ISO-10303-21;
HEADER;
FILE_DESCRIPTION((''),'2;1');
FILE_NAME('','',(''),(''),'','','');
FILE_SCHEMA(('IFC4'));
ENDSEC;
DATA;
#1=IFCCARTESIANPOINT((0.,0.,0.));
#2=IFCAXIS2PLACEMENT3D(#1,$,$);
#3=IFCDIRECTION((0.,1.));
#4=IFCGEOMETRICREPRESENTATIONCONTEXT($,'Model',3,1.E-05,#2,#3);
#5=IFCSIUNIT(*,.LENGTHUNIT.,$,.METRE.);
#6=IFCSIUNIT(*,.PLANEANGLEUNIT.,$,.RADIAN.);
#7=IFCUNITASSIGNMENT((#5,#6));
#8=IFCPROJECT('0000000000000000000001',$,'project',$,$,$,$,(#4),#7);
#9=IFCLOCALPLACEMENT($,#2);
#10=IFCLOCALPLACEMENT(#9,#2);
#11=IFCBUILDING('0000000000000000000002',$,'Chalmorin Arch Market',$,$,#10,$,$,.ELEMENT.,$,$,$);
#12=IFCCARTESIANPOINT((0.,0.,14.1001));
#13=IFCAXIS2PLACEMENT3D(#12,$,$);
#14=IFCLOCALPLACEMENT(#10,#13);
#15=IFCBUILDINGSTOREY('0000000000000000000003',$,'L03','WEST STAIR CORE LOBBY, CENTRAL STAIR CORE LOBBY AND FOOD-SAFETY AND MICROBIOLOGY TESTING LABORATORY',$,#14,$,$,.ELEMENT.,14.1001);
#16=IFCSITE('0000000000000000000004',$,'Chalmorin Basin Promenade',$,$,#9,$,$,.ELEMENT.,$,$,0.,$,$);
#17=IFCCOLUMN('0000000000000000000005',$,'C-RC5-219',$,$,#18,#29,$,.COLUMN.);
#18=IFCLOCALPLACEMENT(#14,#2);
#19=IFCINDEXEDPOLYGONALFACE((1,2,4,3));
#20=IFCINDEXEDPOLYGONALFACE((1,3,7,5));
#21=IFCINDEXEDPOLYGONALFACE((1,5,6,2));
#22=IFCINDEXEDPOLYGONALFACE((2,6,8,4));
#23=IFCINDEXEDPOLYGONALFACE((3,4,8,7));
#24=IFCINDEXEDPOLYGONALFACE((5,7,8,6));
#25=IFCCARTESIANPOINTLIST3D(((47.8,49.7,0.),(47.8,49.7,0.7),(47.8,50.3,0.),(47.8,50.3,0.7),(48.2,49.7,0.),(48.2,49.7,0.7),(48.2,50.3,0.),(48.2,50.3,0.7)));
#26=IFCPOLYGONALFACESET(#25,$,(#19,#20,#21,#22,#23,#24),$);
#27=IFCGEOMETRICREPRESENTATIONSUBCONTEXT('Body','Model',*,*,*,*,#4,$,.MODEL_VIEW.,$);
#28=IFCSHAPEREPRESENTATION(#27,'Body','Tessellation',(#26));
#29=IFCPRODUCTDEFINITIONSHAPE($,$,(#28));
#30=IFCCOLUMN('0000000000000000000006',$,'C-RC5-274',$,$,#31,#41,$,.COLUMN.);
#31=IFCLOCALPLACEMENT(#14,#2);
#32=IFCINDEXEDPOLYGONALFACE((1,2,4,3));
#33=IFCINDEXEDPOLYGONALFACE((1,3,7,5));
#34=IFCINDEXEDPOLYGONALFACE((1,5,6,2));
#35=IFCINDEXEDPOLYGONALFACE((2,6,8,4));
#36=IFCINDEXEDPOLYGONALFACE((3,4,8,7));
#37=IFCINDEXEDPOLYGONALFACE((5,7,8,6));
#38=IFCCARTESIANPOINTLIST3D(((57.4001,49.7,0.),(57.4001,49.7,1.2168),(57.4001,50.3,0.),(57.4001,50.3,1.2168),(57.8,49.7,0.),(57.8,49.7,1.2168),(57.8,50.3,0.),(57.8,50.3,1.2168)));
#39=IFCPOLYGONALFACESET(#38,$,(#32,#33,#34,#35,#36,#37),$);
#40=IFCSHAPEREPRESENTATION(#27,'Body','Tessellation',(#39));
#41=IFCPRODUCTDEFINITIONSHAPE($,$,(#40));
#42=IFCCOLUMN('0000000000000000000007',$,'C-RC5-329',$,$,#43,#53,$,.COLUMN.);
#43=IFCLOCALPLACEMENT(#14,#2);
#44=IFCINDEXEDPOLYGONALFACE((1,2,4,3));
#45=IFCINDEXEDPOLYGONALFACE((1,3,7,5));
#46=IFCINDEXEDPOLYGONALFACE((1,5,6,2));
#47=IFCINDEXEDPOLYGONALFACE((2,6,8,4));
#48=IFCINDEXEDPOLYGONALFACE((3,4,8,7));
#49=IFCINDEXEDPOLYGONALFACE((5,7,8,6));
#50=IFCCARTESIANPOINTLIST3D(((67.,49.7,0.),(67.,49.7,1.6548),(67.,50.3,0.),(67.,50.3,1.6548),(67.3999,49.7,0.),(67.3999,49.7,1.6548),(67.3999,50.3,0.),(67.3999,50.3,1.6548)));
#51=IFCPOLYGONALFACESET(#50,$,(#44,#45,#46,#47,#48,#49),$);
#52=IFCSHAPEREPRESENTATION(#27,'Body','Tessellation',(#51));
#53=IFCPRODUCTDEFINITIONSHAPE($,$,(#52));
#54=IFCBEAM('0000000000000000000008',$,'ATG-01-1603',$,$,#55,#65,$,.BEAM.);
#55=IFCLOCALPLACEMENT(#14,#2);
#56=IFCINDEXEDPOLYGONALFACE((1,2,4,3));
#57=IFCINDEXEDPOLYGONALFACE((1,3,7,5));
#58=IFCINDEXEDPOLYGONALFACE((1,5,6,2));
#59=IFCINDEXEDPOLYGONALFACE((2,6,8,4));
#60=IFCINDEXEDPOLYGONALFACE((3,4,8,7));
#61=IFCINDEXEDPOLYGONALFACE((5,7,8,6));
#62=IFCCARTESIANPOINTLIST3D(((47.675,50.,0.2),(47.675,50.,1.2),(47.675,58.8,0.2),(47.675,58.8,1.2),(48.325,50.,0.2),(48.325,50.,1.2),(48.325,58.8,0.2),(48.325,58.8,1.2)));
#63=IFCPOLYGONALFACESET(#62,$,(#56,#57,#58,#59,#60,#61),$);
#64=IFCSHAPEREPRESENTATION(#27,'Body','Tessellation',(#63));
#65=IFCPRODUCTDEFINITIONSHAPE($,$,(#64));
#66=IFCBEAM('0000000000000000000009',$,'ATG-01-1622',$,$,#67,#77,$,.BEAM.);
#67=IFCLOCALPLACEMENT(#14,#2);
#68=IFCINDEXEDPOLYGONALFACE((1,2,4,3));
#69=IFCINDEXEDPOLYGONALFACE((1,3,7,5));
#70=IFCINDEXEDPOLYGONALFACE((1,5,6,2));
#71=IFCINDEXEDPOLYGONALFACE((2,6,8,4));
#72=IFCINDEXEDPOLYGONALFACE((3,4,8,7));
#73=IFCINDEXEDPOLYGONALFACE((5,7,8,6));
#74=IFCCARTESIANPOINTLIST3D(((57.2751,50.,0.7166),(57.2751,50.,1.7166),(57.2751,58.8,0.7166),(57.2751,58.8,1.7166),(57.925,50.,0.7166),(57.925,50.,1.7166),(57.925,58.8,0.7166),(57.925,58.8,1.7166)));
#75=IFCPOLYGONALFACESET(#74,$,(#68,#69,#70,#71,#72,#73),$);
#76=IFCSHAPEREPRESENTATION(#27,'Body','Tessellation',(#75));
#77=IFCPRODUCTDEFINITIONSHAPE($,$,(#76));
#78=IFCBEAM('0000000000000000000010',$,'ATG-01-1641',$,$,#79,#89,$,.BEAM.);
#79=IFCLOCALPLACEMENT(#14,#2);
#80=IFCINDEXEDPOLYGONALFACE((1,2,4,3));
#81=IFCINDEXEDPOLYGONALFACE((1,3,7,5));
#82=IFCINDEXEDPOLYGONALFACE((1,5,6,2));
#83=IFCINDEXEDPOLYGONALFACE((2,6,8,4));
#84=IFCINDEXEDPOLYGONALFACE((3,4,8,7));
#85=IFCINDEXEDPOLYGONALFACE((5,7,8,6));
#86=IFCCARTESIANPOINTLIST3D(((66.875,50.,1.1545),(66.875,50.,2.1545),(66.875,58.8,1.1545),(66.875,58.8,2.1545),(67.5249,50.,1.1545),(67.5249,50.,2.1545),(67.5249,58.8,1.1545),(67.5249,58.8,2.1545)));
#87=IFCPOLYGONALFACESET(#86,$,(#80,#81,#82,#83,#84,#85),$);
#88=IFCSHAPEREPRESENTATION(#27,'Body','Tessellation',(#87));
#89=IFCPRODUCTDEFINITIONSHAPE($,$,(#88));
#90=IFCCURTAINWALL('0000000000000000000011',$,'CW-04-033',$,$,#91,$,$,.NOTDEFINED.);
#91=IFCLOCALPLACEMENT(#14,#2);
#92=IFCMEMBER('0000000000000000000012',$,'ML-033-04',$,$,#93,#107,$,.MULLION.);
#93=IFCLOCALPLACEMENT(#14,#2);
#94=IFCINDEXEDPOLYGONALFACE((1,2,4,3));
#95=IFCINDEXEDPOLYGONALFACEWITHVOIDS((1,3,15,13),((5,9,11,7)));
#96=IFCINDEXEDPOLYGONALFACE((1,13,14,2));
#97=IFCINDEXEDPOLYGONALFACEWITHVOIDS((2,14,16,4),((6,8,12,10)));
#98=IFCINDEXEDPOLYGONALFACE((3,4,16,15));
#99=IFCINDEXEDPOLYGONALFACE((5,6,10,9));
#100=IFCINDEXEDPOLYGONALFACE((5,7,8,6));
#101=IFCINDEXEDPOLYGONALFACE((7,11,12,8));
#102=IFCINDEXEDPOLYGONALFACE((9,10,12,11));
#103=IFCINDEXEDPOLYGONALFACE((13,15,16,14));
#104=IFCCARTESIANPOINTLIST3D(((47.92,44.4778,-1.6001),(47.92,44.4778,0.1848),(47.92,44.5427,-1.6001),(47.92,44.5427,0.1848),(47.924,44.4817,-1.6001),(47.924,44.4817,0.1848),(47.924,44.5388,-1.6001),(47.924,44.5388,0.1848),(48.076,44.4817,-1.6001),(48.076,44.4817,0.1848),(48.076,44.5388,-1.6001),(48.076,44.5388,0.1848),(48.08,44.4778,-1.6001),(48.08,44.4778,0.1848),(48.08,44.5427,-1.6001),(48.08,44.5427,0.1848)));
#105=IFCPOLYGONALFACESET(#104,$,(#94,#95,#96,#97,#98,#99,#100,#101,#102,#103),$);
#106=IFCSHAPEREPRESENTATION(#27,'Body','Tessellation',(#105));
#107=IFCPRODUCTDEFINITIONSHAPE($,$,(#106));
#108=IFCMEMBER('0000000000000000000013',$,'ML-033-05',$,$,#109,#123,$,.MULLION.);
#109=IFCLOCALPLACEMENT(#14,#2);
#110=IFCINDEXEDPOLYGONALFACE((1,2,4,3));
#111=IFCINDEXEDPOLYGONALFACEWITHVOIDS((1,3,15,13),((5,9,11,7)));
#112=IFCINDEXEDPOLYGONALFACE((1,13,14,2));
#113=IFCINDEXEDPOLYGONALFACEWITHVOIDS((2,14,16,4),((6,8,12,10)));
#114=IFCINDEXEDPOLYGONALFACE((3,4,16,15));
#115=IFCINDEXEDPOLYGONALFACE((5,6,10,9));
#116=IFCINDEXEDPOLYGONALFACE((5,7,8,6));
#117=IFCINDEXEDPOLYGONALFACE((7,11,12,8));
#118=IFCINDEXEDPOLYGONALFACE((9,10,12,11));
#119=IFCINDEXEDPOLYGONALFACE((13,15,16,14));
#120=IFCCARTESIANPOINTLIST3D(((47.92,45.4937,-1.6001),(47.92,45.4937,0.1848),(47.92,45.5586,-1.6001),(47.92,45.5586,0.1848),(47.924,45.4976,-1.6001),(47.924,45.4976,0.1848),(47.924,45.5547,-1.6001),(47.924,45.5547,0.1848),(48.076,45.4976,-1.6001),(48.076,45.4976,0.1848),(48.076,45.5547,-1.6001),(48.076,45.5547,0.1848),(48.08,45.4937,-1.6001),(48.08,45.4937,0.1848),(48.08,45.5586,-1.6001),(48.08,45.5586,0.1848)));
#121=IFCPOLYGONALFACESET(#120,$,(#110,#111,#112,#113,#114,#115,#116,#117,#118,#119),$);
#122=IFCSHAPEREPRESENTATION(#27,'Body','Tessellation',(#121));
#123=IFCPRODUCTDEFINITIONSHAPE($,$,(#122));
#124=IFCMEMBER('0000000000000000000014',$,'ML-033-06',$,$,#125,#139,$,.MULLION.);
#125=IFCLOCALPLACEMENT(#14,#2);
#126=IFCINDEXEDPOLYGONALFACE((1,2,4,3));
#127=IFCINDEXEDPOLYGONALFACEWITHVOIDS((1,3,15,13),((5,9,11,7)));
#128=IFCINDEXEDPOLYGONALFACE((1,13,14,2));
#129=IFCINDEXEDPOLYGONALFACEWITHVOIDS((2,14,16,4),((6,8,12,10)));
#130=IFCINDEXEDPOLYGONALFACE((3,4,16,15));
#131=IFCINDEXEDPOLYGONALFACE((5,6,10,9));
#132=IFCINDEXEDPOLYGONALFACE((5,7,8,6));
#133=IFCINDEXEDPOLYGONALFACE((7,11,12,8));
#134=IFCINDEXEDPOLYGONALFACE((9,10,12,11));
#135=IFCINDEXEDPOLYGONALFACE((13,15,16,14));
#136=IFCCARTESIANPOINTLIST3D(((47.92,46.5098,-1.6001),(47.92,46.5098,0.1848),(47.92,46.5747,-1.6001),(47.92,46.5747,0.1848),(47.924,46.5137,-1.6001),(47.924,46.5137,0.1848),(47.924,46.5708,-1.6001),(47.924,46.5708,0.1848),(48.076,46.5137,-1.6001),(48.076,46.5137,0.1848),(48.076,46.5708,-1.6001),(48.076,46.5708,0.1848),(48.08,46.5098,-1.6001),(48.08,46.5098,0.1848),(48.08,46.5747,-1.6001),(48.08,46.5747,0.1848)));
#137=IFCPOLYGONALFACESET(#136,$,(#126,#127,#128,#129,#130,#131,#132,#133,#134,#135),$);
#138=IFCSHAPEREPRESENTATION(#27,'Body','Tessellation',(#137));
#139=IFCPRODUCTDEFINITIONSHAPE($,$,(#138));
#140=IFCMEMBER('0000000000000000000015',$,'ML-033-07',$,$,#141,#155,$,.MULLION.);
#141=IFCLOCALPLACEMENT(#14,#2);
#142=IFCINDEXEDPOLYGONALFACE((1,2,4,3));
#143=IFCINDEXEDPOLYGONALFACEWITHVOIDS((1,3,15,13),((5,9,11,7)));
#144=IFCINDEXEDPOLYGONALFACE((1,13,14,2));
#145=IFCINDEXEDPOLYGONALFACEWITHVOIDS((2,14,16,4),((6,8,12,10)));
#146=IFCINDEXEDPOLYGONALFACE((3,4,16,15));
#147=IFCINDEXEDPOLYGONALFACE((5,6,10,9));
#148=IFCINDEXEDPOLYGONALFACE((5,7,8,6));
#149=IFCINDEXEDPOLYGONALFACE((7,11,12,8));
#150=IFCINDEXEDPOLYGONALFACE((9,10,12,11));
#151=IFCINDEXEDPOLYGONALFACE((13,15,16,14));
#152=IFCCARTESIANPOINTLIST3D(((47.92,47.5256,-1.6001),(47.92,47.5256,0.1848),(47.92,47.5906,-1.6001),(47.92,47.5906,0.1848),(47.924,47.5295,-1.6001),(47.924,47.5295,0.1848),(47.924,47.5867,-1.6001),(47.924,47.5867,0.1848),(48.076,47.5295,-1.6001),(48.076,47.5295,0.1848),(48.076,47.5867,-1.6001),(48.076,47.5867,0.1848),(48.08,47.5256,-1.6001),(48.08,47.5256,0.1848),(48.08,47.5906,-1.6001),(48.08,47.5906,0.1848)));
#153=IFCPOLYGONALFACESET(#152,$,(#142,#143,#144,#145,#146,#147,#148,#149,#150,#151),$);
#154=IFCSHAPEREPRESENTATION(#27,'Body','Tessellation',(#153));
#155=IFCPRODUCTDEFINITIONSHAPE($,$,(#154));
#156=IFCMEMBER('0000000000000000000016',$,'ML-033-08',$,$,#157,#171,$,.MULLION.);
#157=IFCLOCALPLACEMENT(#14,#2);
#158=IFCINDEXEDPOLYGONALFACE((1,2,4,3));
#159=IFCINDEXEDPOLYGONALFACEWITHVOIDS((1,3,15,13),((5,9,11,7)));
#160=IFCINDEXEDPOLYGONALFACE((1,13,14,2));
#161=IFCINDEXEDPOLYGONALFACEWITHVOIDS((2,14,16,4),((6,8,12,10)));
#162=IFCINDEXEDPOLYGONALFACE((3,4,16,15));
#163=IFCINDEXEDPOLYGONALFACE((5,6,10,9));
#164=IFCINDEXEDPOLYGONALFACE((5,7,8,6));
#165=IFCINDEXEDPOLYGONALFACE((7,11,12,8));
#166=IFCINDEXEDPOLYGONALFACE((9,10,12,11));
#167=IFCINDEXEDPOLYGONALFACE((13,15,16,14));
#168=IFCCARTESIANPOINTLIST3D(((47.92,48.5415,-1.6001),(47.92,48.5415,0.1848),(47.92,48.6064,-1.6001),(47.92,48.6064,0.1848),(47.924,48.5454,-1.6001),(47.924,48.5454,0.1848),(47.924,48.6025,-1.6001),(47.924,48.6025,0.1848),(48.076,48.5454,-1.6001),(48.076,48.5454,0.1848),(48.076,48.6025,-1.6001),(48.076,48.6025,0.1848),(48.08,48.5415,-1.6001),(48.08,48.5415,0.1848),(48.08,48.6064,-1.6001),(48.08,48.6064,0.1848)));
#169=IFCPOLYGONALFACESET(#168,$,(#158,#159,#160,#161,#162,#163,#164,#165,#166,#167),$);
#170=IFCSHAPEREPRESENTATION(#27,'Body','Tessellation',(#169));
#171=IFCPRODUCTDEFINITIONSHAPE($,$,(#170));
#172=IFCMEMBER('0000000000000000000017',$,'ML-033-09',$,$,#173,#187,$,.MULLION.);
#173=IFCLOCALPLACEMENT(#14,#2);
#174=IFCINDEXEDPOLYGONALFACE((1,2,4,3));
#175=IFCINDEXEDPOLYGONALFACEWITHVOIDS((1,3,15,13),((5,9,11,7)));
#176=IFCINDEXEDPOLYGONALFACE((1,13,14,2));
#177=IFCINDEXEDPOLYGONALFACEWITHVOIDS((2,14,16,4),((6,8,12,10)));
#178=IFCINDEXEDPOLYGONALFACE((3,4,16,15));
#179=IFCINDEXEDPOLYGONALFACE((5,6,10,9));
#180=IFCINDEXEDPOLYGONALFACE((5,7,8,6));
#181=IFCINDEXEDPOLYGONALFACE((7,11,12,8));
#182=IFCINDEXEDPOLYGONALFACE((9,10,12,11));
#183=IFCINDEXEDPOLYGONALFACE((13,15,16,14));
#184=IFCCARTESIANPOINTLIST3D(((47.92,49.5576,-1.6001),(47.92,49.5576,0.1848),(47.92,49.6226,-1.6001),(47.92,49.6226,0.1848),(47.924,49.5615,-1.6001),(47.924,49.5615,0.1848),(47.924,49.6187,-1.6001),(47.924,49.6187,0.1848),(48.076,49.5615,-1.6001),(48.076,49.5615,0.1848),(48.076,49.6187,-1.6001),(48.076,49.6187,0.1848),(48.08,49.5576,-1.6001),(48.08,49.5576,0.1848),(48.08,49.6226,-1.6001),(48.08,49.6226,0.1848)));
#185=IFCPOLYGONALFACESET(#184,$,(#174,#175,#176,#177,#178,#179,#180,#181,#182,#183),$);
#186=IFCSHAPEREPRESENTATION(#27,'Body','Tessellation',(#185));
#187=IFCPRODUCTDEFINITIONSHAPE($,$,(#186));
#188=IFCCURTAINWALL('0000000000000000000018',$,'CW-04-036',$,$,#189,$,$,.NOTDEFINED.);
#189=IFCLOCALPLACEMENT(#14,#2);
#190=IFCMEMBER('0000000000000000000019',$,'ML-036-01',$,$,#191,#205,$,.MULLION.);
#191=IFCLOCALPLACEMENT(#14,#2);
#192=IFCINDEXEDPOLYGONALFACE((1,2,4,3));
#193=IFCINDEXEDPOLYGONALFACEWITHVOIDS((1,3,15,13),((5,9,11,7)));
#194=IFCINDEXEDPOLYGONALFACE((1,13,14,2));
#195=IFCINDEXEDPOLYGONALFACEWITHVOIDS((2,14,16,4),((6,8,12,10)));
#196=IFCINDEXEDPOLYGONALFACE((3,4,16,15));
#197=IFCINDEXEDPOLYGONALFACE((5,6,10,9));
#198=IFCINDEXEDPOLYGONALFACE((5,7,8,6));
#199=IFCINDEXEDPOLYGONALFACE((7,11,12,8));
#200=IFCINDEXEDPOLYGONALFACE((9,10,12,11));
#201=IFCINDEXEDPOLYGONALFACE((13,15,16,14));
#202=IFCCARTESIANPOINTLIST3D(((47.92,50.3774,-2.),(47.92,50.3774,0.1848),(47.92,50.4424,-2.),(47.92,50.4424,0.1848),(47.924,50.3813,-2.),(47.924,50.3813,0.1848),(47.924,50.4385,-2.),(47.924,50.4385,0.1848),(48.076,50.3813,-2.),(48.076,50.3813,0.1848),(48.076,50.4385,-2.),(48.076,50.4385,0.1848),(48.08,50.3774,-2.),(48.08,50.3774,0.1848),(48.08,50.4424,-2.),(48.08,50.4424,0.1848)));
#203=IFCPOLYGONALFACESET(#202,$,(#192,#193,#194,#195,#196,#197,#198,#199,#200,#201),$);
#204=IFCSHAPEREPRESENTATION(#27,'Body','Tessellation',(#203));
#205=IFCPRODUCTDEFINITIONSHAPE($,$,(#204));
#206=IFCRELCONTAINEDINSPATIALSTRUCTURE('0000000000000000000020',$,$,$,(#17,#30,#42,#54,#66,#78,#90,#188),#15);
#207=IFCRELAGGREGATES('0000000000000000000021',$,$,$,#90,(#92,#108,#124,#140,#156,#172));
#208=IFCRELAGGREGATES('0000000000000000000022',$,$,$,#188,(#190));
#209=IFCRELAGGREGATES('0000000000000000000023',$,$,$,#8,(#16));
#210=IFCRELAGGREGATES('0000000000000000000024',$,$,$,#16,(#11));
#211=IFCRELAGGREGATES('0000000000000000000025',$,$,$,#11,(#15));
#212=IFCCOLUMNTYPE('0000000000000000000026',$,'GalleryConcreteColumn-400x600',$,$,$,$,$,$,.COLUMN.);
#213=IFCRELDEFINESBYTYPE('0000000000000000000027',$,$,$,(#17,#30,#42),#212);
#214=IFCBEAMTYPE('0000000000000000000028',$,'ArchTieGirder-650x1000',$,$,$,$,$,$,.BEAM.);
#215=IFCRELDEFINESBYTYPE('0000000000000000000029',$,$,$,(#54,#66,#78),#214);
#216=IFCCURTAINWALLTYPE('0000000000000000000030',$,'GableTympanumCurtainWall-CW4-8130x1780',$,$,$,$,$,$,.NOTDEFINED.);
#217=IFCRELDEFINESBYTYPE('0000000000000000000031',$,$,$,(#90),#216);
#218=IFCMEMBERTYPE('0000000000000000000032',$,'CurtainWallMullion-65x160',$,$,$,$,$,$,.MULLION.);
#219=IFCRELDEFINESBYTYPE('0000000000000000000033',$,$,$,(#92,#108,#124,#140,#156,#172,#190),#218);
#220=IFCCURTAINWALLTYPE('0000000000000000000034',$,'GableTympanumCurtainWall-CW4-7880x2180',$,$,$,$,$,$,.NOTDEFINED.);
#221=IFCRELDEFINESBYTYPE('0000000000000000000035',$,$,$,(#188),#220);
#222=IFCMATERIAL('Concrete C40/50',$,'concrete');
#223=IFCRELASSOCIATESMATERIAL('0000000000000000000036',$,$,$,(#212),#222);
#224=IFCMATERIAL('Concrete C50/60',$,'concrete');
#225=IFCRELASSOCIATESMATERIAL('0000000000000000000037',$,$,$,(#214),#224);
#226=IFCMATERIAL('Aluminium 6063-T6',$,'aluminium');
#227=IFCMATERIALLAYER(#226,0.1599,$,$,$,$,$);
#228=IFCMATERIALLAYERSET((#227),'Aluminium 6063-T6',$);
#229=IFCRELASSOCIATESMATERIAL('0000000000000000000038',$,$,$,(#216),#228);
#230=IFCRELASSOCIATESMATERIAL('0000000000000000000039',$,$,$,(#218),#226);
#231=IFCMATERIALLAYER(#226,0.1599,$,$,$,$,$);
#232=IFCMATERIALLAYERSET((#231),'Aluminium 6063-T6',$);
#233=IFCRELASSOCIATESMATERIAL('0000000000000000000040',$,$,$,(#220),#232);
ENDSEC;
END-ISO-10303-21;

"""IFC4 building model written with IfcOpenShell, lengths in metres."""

from ifc_helpers import new_model, si_unit, direction, frame, origin, origin_2d, place, context, subcontext, project, spatial, rectangle, hollow_rectangle, extrude, material, layer, layer_set, material_profile, profile_set, type_object, element, aggregate, save


model = new_model("IFC4")

# Units and contexts
model_context = context("Model", 3, precision=1e-05, world=origin(), true_north=direction((0.0, 1.0)))
body_context = subcontext(model_context, "Body", "Model", "MODEL_VIEW")
ifc_project = project(units=[si_unit("LENGTHUNIT", "METRE"), si_unit("PLANEANGLEUNIT", "RADIAN")], contexts=[model_context])

# Site, building, storey
site_placement = place(None, origin())
site = spatial("IfcSite", under=ifc_project, at=site_placement, Name="Chalmorin Basin Promenade", CompositionType="ELEMENT", RefElevation=0.0)
building_placement = place(site_placement, origin())
building = spatial("IfcBuilding", under=site, at=building_placement, Name="Chalmorin Arch Market", CompositionType="ELEMENT")
storey_placement = place(building_placement, frame((0.0, 0.0, 14.1001)))
storey = spatial("IfcBuildingStorey", under=building, at=storey_placement, Name="L03", Description="WEST STAIR CORE LOBBY, CENTRAL STAIR CORE LOBBY AND FOOD-SAFETY AND MICROBIOLOGY TESTING LABORATORY", CompositionType="ELEMENT", Elevation=14.1001)

# Columns
ifc_material_1 = material(Name="Concrete C40/50", Category="concrete")
ifc_material_profile_1 = material_profile(ifc_material_1, rectangle(XDim=0.3999, YDim=0.6001, at=origin_2d()), Name="RC400X600")
ifc_profile_set_1 = profile_set([ifc_material_profile_1], Name="Concrete C40/50")
column_type = type_object("IfcColumnType", Name="GalleryConcreteColumn-400x600", PredefinedType="COLUMN", material=ifc_profile_set_1)
column_1_placement = place(storey_placement, frame((48.0, 50.0, 0.0), z_axis=(0.0, 0.0, 1.0), x_axis=(1.0, 0.0, 0.0)))
element("IfcColumn", 1, at=column_1_placement, inside=storey, type_object=column_type, Name="C-RC5-219", PredefinedType="COLUMN", context=body_context, shape_type="SweptSolid", body=[
    extrude(rectangle(XDim=0.3999, YDim=0.6001, at=origin_2d()), origin(), (0.0, 0.0, 1.0), 0.7),
])
column_2_placement = place(storey_placement, frame((57.6001, 50.0, 0.0), z_axis=(0.0, 0.0, 1.0), x_axis=(1.0, 0.0, 0.0)))
element("IfcColumn", 2, at=column_2_placement, inside=storey, type_object=column_type, Name="C-RC5-274", PredefinedType="COLUMN", context=body_context, shape_type="SweptSolid", body=[
    extrude(rectangle(XDim=0.3999, YDim=0.6001, at=origin_2d()), origin(), (0.0, 0.0, 1.0), 1.2168),
])
column_3_placement = place(storey_placement, frame((67.2, 50.0, 0.0), z_axis=(0.0, 0.0, 1.0), x_axis=(1.0, 0.0, 0.0)))
element("IfcColumn", 3, at=column_3_placement, inside=storey, type_object=column_type, Name="C-RC5-329", PredefinedType="COLUMN", context=body_context, shape_type="SweptSolid", body=[
    extrude(rectangle(XDim=0.3999, YDim=0.6001, at=origin_2d()), origin(), (0.0, 0.0, 1.0), 1.6548),
])

# Beams
ifc_material_2 = material(Name="Concrete C50/60", Category="concrete")
ifc_material_profile_2 = material_profile(ifc_material_2, rectangle(XDim=0.6499, YDim=1.0, at=origin_2d()), Name="RC650X1000")
ifc_profile_set_2 = profile_set([ifc_material_profile_2], Name="Concrete C50/60")
beam_type = type_object("IfcBeamType", Name="ArchTieGirder-650x1000", PredefinedType="BEAM", material=ifc_profile_set_2)
for number, where, z_axis, x_axis, name in (
    (4, (48.0, 50.0, 0.7), (0.0, 1.0, 0.0), (-1.0, 0.0, 0.0), "ATG-01-1603"),
    (5, (57.6001, 50.0, 1.2166), (0.0, 1.0, 0.0), (-1.0, 0.0, 0.0), "ATG-01-1622"),
    (6, (67.2, 50.0, 1.6545), (0.0, 1.0, 0.0), (-1.0, 0.0, 0.0), "ATG-01-1641"),
):
    element("IfcBeam", number, at=place(storey_placement, frame(where, z_axis=z_axis, x_axis=x_axis)), inside=storey, type_object=beam_type, Name=name, PredefinedType="BEAM", context=body_context, shape_type="SweptSolid", body=[
        extrude(rectangle(XDim=0.6499, YDim=1.0, at=origin_2d()), origin(), (0.0, 0.0, 1.0), 8.8),
    ])

# Curtain walls, members
ifc_material_3 = material(Name="Aluminium 6063-T6", Category="aluminium")
ifc_layer_1 = layer(ifc_material_3, 0.1599)
ifc_layer_set_1 = layer_set([ifc_layer_1], Name="Aluminium 6063-T6")
curtain_wall_type_1 = type_object("IfcCurtainWallType", Name="GableTympanumCurtainWall-CW4-8130x1780", PredefinedType="NOTDEFINED", material=ifc_layer_set_1)
curtain_wall_1_placement = place(storey_placement, origin())
curtain_wall_1 = element("IfcCurtainWall", 7, at=curtain_wall_1_placement, inside=storey, type_object=curtain_wall_type_1, Name="CW-04-033", PredefinedType="NOTDEFINED")
ifc_material_profile_3 = material_profile(ifc_material_3, hollow_rectangle(XDim=0.0649, YDim=0.1599, WallThickness=0.0039, at=origin_2d()), Name="ALU65X160X4")
ifc_profile_set_3 = profile_set([ifc_material_profile_3], Name="Aluminium 6063-T6")
member_type_1 = type_object("IfcMemberType", Name="CurtainWallMullion-65x160", PredefinedType="MULLION", material=ifc_profile_set_3)
member_1_placement = place(storey_placement, frame((48.0, 44.5103, -1.6001), z_axis=(0.0, 0.0, 1.0), x_axis=(0.0, 1.0, 0.0)))
member_1 = element("IfcMember", 8, at=member_1_placement, type_object=member_type_1, Name="ML-033-04", PredefinedType="MULLION", context=body_context, shape_type="SweptSolid", body=[
    extrude(hollow_rectangle(XDim=0.0649, YDim=0.1599, WallThickness=0.0039, at=origin_2d()), origin(), (0.0, 0.0, 1.0), 1.7849),
])
member_2_placement = place(storey_placement, frame((48.0, 45.5261, -1.6001), z_axis=(0.0, 0.0, 1.0), x_axis=(0.0, 1.0, 0.0)))
member_2 = element("IfcMember", 9, at=member_2_placement, type_object=member_type_1, Name="ML-033-05", PredefinedType="MULLION", context=body_context, shape_type="SweptSolid", body=[
    extrude(hollow_rectangle(XDim=0.0649, YDim=0.1599, WallThickness=0.0039, at=origin_2d()), origin(), (0.0, 0.0, 1.0), 1.7849),
])
member_3_placement = place(storey_placement, frame((48.0, 46.5422, -1.6001), z_axis=(0.0, 0.0, 1.0), x_axis=(0.0, 1.0, 0.0)))
member_3 = element("IfcMember", 10, at=member_3_placement, type_object=member_type_1, Name="ML-033-06", PredefinedType="MULLION", context=body_context, shape_type="SweptSolid", body=[
    extrude(hollow_rectangle(XDim=0.0649, YDim=0.1599, WallThickness=0.0039, at=origin_2d()), origin(), (0.0, 0.0, 1.0), 1.7849),
])
member_4_placement = place(storey_placement, frame((48.0, 47.5581, -1.6001), z_axis=(0.0, 0.0, 1.0), x_axis=(0.0, 1.0, 0.0)))
member_4 = element("IfcMember", 11, at=member_4_placement, type_object=member_type_1, Name="ML-033-07", PredefinedType="MULLION", context=body_context, shape_type="SweptSolid", body=[
    extrude(hollow_rectangle(XDim=0.0649, YDim=0.1599, WallThickness=0.0039, at=origin_2d()), origin(), (0.0, 0.0, 1.0), 1.7849),
])
member_5_placement = place(storey_placement, frame((48.0, 48.574, -1.6001), z_axis=(0.0, 0.0, 1.0), x_axis=(0.0, 1.0, 0.0)))
member_5 = element("IfcMember", 12, at=member_5_placement, type_object=member_type_1, Name="ML-033-08", PredefinedType="MULLION", context=body_context, shape_type="SweptSolid", body=[
    extrude(hollow_rectangle(XDim=0.0649, YDim=0.1599, WallThickness=0.0039, at=origin_2d()), origin(), (0.0, 0.0, 1.0), 1.7849),
])
member_6_placement = place(storey_placement, frame((48.0, 49.5901, -1.6001), z_axis=(0.0, 0.0, 1.0), x_axis=(0.0, 1.0, 0.0)))
member_6 = element("IfcMember", 13, at=member_6_placement, type_object=member_type_1, Name="ML-033-09", PredefinedType="MULLION", context=body_context, shape_type="SweptSolid", body=[
    extrude(hollow_rectangle(XDim=0.0649, YDim=0.1599, WallThickness=0.0039, at=origin_2d()), origin(), (0.0, 0.0, 1.0), 1.7849),
])
ifc_layer_2 = layer(ifc_material_3, 0.1599)
ifc_layer_set_2 = layer_set([ifc_layer_2], Name="Aluminium 6063-T6")
curtain_wall_type_2 = type_object("IfcCurtainWallType", Name="GableTympanumCurtainWall-CW4-7880x2180", PredefinedType="NOTDEFINED", material=ifc_layer_set_2)
curtain_wall_2_placement = place(storey_placement, origin())
curtain_wall_2 = element("IfcCurtainWall", 14, at=curtain_wall_2_placement, inside=storey, type_object=curtain_wall_type_2, Name="CW-04-036", PredefinedType="NOTDEFINED")
member_7_placement = place(storey_placement, frame((48.0, 50.4099, -2.0), z_axis=(0.0, 0.0, 1.0), x_axis=(0.0, 1.0, 0.0)))
member_7 = element("IfcMember", 15, at=member_7_placement, type_object=member_type_1, Name="ML-036-01", PredefinedType="MULLION", context=body_context, shape_type="SweptSolid", body=[
    extrude(hollow_rectangle(XDim=0.0649, YDim=0.1599, WallThickness=0.0039, at=origin_2d()), origin(), (0.0, 0.0, 1.0), 2.1848),
])

aggregate(curtain_wall_1, [member_1, member_2, member_3, member_4, member_5, member_6])
aggregate(curtain_wall_2, [member_7])

save(model, "model.ifc")
